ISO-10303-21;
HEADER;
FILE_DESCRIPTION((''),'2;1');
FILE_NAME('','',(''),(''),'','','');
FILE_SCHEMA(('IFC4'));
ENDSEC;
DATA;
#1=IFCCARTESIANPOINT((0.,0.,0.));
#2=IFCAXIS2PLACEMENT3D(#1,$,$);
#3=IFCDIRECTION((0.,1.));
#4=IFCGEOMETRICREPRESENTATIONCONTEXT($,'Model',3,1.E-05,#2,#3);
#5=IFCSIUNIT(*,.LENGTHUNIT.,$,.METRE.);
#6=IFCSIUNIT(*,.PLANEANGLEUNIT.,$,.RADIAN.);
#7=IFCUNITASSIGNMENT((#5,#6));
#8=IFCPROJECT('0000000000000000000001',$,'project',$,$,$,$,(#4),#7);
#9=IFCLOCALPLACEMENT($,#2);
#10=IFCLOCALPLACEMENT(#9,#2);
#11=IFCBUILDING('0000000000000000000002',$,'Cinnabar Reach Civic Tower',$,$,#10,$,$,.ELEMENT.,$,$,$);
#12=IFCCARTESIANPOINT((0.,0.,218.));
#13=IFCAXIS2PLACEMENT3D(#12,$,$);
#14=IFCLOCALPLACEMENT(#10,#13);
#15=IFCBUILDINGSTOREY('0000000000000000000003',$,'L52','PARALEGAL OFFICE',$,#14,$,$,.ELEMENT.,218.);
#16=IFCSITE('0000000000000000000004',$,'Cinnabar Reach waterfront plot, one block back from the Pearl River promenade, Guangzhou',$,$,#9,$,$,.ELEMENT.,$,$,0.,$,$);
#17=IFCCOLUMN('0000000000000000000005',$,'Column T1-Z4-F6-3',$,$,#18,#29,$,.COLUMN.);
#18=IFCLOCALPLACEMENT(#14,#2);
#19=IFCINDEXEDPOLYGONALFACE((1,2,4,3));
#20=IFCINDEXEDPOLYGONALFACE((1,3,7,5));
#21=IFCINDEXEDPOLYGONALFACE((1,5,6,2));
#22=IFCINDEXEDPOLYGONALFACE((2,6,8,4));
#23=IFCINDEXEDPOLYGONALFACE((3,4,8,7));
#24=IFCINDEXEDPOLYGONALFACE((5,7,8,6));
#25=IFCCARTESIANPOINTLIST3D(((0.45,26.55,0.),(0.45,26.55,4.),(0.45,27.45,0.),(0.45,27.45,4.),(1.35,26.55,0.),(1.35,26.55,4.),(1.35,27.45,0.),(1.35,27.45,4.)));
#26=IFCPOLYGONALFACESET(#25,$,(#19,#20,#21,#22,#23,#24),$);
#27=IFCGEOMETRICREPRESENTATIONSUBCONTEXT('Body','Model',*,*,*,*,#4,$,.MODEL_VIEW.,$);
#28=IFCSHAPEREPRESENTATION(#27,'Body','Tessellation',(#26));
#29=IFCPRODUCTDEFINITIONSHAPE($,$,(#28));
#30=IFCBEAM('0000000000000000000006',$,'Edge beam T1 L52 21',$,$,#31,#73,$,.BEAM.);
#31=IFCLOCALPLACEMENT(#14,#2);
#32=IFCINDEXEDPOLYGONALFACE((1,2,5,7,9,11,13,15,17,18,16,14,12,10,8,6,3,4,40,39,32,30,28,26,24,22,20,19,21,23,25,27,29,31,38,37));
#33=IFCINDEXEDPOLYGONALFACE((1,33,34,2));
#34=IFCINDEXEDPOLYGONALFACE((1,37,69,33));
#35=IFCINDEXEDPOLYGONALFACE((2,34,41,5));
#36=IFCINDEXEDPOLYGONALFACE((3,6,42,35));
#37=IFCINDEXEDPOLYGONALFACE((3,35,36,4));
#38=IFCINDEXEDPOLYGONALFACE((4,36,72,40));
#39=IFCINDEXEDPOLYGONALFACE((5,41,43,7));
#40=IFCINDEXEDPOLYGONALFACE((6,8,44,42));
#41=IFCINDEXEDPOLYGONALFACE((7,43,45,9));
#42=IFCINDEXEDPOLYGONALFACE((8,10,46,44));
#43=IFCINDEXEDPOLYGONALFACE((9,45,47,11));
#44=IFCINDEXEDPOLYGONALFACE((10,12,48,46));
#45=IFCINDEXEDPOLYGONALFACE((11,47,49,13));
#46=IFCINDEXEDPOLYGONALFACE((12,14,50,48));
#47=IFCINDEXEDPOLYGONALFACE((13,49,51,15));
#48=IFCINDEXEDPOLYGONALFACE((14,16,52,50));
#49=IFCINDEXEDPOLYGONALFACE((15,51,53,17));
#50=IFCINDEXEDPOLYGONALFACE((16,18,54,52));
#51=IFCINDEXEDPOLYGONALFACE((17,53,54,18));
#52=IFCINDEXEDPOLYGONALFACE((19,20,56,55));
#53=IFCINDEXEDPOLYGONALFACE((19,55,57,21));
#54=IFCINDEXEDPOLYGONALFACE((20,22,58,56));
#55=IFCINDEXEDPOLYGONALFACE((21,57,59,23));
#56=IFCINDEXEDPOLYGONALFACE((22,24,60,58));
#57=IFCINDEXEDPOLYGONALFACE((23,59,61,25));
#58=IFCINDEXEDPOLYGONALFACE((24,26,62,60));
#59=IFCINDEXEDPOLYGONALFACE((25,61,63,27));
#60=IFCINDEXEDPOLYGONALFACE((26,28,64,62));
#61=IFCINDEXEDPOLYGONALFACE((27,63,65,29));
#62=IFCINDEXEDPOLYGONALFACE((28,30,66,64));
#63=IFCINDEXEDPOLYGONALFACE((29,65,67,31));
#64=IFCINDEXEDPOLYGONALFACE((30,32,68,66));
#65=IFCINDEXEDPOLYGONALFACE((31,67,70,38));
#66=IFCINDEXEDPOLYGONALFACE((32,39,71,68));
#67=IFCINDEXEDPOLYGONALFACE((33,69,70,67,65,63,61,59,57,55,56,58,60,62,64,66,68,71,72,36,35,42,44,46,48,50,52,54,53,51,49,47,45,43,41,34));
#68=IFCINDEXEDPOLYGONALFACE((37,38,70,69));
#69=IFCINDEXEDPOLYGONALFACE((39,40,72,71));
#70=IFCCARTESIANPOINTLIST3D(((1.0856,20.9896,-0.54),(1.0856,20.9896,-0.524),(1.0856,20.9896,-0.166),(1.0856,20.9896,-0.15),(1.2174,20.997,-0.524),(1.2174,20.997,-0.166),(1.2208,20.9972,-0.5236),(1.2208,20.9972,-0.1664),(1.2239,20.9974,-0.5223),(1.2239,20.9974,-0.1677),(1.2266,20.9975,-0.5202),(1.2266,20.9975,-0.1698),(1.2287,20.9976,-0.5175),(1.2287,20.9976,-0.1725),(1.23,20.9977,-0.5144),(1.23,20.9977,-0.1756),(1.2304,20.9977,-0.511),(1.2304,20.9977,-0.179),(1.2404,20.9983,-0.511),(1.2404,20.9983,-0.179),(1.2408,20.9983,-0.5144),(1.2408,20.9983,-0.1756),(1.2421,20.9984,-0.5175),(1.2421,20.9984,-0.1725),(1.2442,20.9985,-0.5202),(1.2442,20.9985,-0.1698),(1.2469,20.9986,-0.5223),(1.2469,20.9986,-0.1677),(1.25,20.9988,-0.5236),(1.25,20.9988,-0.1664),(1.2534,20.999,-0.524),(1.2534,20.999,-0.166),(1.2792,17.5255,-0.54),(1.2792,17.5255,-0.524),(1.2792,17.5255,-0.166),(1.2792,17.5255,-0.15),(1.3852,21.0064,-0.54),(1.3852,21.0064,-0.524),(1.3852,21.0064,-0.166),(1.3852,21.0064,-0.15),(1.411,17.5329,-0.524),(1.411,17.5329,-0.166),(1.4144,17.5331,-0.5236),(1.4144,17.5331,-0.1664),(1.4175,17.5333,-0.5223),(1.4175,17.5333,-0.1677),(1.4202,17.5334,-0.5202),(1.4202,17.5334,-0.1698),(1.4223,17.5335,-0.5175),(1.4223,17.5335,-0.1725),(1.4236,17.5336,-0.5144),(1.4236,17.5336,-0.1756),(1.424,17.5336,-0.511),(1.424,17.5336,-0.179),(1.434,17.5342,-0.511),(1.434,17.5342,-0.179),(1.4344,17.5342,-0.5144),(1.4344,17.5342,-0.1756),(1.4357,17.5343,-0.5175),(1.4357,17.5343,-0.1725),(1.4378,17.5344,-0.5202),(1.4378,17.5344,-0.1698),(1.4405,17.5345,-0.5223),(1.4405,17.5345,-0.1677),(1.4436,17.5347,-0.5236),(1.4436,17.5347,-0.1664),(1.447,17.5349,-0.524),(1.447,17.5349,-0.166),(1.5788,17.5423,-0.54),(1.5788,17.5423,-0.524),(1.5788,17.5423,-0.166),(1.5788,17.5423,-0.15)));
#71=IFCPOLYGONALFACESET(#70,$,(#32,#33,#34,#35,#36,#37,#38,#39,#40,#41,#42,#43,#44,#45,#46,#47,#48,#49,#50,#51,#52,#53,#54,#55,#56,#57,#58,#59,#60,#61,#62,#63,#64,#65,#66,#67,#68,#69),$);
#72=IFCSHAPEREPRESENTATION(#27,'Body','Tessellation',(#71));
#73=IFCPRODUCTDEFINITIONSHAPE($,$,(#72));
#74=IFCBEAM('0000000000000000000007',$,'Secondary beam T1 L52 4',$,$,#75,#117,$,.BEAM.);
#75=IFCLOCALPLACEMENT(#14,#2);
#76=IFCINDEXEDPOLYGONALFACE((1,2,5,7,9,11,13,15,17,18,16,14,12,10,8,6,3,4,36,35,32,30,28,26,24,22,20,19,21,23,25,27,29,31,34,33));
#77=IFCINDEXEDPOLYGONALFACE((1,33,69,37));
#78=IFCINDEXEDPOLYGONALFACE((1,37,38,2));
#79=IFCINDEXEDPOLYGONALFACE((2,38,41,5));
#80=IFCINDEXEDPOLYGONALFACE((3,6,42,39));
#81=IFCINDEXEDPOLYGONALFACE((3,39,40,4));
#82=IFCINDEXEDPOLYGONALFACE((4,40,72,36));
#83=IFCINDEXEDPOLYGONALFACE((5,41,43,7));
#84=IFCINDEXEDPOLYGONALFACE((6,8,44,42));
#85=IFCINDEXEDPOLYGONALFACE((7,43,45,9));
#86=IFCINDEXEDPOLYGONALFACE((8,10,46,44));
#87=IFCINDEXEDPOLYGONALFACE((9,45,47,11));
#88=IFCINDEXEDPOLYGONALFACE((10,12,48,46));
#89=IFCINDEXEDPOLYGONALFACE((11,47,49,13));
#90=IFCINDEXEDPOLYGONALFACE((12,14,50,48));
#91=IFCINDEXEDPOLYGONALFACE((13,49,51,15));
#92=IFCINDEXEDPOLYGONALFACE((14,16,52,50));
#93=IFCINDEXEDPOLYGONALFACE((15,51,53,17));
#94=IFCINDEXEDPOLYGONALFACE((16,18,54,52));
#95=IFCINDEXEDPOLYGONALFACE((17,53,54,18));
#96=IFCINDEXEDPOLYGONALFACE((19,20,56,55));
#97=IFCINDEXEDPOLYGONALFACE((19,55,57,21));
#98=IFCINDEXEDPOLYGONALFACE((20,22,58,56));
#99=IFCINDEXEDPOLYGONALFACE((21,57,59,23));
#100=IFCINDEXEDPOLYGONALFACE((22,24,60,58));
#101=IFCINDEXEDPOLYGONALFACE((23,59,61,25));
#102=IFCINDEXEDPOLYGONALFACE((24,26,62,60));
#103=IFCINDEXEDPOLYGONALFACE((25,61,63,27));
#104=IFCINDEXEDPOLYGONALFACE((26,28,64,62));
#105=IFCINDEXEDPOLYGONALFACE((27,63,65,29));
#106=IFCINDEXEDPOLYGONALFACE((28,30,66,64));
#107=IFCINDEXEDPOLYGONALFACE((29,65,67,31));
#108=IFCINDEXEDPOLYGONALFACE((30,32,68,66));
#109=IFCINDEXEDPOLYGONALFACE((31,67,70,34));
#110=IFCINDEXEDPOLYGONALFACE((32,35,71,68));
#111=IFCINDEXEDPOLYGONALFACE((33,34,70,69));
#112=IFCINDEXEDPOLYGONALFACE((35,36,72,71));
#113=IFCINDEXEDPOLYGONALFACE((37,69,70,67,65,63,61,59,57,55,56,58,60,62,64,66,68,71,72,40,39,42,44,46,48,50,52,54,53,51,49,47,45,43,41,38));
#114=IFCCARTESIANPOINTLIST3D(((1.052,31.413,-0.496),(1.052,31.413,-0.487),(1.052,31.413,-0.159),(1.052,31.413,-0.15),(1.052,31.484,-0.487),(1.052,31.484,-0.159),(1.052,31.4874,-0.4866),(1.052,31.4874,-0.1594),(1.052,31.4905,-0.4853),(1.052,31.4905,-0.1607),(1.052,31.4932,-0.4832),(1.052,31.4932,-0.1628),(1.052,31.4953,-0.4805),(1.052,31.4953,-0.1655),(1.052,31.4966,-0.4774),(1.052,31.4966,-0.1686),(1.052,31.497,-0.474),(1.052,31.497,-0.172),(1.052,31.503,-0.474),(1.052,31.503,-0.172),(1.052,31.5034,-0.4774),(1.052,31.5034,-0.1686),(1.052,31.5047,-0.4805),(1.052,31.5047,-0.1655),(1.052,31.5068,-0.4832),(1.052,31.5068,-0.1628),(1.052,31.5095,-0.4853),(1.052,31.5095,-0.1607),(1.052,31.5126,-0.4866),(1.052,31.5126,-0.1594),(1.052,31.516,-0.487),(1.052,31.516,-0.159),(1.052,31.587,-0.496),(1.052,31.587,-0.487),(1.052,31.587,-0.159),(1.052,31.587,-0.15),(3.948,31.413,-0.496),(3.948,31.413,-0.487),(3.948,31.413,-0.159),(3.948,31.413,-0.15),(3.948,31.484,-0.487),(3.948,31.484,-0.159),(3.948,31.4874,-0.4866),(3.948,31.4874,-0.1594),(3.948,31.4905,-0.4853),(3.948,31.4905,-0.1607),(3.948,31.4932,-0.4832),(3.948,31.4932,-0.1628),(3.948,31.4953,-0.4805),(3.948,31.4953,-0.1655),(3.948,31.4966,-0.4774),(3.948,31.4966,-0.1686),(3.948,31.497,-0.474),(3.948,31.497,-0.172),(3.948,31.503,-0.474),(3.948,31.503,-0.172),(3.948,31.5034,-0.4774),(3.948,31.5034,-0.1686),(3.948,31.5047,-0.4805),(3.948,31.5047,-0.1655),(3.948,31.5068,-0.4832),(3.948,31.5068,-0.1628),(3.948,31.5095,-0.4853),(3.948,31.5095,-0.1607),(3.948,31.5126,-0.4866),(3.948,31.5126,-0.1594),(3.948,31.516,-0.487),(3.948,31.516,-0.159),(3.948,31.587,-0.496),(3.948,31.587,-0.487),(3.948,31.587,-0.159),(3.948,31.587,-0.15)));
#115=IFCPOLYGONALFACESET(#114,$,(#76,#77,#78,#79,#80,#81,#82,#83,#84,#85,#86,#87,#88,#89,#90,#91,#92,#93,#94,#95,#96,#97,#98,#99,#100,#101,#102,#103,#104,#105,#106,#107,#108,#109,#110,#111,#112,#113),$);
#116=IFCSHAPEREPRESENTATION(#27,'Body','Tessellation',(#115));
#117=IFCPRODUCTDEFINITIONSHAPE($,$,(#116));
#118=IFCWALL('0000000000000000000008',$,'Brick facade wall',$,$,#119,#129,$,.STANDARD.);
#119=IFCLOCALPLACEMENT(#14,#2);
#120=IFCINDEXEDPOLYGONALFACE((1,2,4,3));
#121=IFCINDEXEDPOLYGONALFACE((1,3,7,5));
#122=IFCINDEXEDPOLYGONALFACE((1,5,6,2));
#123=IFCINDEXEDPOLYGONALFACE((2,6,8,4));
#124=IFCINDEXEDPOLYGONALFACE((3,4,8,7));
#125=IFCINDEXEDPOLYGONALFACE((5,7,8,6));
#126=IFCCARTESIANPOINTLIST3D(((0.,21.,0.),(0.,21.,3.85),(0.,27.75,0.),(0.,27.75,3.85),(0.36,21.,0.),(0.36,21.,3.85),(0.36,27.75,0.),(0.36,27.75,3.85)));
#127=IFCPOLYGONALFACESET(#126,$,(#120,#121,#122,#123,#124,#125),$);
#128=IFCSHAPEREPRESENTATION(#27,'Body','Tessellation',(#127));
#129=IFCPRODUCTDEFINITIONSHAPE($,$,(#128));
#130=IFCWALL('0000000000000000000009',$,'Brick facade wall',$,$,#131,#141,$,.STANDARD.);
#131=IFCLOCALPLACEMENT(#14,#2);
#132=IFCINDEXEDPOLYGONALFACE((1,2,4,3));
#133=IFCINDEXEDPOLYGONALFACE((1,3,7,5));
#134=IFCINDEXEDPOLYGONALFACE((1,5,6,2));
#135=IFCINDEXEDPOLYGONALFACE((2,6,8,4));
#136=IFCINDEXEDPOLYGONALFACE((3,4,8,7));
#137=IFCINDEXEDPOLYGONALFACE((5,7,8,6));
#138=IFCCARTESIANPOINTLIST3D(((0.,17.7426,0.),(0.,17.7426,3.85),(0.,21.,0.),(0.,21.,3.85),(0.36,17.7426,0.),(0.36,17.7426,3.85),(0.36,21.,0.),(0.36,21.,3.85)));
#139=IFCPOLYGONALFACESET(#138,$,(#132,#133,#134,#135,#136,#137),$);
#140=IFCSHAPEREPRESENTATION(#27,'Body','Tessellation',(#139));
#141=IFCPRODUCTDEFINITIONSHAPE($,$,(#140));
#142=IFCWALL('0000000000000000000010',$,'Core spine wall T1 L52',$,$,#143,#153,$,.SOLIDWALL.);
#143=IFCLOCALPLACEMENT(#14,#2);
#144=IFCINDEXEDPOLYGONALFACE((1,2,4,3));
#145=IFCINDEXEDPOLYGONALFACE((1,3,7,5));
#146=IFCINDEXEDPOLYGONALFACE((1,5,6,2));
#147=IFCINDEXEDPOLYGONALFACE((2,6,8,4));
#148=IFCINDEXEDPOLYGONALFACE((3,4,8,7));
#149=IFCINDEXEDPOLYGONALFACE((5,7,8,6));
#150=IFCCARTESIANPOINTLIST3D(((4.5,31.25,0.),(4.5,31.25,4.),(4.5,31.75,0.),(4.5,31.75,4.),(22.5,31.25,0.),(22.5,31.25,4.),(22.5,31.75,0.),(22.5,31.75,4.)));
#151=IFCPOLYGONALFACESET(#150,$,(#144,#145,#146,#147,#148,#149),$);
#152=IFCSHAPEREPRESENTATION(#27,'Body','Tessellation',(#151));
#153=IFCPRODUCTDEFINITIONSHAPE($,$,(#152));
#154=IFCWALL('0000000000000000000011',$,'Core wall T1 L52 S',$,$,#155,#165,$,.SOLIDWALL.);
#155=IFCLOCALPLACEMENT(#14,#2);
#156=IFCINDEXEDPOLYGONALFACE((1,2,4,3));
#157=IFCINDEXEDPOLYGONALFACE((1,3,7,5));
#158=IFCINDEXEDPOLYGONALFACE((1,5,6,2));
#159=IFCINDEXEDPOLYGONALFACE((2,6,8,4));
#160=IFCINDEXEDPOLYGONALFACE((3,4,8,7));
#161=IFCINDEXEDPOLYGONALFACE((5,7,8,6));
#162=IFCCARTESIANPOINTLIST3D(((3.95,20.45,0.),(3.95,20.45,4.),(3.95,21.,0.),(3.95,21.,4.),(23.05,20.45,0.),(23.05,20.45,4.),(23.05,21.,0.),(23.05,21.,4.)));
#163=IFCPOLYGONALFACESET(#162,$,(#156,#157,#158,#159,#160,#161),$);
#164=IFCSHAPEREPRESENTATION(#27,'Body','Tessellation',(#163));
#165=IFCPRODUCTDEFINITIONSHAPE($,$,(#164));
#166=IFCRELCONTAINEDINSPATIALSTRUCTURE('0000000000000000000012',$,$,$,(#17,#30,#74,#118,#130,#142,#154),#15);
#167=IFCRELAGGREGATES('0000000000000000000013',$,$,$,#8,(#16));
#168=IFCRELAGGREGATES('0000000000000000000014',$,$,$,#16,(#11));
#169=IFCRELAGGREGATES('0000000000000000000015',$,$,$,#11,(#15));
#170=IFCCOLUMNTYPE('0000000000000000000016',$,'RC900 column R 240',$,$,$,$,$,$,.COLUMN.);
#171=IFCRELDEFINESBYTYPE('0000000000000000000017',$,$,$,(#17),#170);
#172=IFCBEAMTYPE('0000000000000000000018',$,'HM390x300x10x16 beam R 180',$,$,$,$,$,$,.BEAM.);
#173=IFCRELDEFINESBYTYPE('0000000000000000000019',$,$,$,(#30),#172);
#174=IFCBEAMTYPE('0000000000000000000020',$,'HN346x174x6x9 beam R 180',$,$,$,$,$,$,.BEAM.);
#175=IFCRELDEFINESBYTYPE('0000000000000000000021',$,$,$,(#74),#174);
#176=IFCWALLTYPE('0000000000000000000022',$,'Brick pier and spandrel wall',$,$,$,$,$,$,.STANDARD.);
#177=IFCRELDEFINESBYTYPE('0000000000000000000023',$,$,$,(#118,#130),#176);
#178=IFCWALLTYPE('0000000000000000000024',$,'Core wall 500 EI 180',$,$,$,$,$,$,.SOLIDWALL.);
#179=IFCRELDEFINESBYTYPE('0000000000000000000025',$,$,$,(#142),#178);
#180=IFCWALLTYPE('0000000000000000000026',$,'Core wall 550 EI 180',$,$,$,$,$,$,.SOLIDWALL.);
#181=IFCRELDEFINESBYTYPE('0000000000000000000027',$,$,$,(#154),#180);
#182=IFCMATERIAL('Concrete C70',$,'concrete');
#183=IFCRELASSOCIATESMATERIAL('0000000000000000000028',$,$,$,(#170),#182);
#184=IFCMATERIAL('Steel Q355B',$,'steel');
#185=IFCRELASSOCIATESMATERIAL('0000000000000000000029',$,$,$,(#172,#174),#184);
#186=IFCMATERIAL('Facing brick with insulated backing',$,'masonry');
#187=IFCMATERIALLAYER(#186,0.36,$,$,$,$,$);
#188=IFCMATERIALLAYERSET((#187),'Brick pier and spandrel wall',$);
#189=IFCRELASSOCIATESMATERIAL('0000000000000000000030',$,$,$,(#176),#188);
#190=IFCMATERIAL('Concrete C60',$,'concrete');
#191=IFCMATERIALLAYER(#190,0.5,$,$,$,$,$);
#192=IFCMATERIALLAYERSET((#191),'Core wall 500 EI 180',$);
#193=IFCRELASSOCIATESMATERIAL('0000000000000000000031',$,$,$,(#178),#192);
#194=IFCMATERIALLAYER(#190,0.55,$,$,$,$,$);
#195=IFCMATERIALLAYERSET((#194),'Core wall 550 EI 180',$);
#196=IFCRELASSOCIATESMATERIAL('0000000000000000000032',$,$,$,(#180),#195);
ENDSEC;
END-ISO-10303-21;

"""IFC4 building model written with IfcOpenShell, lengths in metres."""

from ifc_helpers import new_model, si_unit, direction, frame, frame_2d, origin, origin_2d, place, context, subcontext, project, spatial, rectangle, i_section, extrude, material, layer, layer_set, material_profile, profile_set, type_object, element, save


model = new_model("IFC4")

# Units and contexts
model_context = context("Model", 3, precision=1e-05, world=origin(), true_north=direction((0.0, 1.0)))
body_context = subcontext(model_context, "Body", "Model", "MODEL_VIEW")
ifc_project = project(units=[si_unit("LENGTHUNIT", "METRE"), si_unit("PLANEANGLEUNIT", "RADIAN")], contexts=[model_context])

# Site, building, storey
site_placement = place(None, origin())
site = spatial("IfcSite", under=ifc_project, at=site_placement, Name="Cinnabar Reach waterfront plot, one block back from the Pearl River promenade, Guangzhou", CompositionType="ELEMENT", RefElevation=0.0)
building_placement = place(site_placement, origin())
building = spatial("IfcBuilding", under=site, at=building_placement, Name="Cinnabar Reach Civic Tower", CompositionType="ELEMENT")
storey_placement = place(building_placement, frame((0.0, 0.0, 218.0)))
storey = spatial("IfcBuildingStorey", under=building, at=storey_placement, Name="L52", Description="PARALEGAL OFFICE", CompositionType="ELEMENT", Elevation=218.0)

# Column
ifc_material_1 = material(Name="Concrete C70", Category="concrete")
ifc_material_profile_1 = material_profile(ifc_material_1, rectangle(XDim=0.9, YDim=0.9, at=origin_2d()), Name="RC900")
ifc_profile_set_1 = profile_set([ifc_material_profile_1], Name="Concrete C70")
column_type = type_object("IfcColumnType", Name="RC900 column R 240", PredefinedType="COLUMN", material=ifc_profile_set_1)
column_placement = place(storey_placement, frame((0.9, 27.0, 0.0), z_axis=(0.0, 0.0, 1.0), x_axis=(1.0, 0.0, 0.0)))
element("IfcColumn", 1, at=column_placement, inside=storey, type_object=column_type, Name="Column T1-Z4-F6-3", PredefinedType="COLUMN", context=body_context, shape_type="SweptSolid", body=[
    extrude(rectangle(XDim=0.9, YDim=0.9, at=origin_2d()), origin(), (0.0, 0.0, 1.0), 4.0),
])

# Beams
ifc_material_2 = material(Name="Steel Q355B", Category="steel")
ifc_material_profile_2 = material_profile(ifc_material_2, i_section(OverallWidth=0.3, OverallDepth=0.39, WebThickness=0.01, FlangeThickness=0.016, FilletRadius=0.013, at=origin_2d()), Name="HM390x300x10x16")
ifc_profile_set_2 = profile_set([ifc_material_profile_2], Name="Steel Q355B")
beam_type_1 = type_object("IfcBeamType", Name="HM390x300x10x16 beam R 180", PredefinedType="BEAM", material=ifc_profile_set_2)
beam_1_placement = place(storey_placement, frame((1.2354, 20.998, -0.345), z_axis=(0.0558, -0.998442, 0.0), x_axis=(0.998442, 0.0558, 0.0)))
element("IfcBeam", 2, at=beam_1_placement, inside=storey, type_object=beam_type_1, Name="Edge beam T1 L52 21", PredefinedType="BEAM", context=body_context, shape_type="SweptSolid", body=[
    extrude(i_section(OverallWidth=0.3, OverallDepth=0.39, WebThickness=0.01, FlangeThickness=0.016, FilletRadius=0.013, at=origin_2d()), origin(), (0.0, 0.0, 1.0), 3.4695),
])
ifc_material_profile_3 = material_profile(ifc_material_2, i_section(OverallWidth=0.174, OverallDepth=0.346, WebThickness=0.006, FlangeThickness=0.009, FilletRadius=0.013, at=origin_2d()), Name="HN346x174x6x9")
ifc_profile_set_3 = profile_set([ifc_material_profile_3], Name="Steel Q355B")
beam_type_2 = type_object("IfcBeamType", Name="HN346x174x6x9 beam R 180", PredefinedType="BEAM", material=ifc_profile_set_3)
beam_2_placement = place(storey_placement, frame((1.052, 31.5, -0.323), z_axis=(1.0, 0.0, 0.0), x_axis=(0.0, 1.0, 0.0)))
element("IfcBeam", 3, at=beam_2_placement, inside=storey, type_object=beam_type_2, Name="Secondary beam T1 L52 4", PredefinedType="BEAM", context=body_context, shape_type="SweptSolid", body=[
    extrude(i_section(OverallWidth=0.174, OverallDepth=0.346, WebThickness=0.006, FlangeThickness=0.009, FilletRadius=0.013, at=origin_2d()), origin(), (0.0, 0.0, 1.0), 2.896),
])

# Walls
ifc_material_3 = material(Name="Facing brick with insulated backing", Category="masonry")
ifc_layer_1 = layer(ifc_material_3, 0.36)
ifc_layer_set_1 = layer_set([ifc_layer_1], Name="Brick pier and spandrel wall")
wall_type_1 = type_object("IfcWallType", Name="Brick pier and spandrel wall", PredefinedType="STANDARD", material=ifc_layer_set_1)
wall_1_placement = place(storey_placement, frame((0.18, 27.75, 0.0), z_axis=(0.0, 0.0, 1.0), x_axis=(0.0, -1.0, 0.0)))
element("IfcWall", 4, at=wall_1_placement, inside=storey, type_object=wall_type_1, Name="Brick facade wall", PredefinedType="STANDARD", context=body_context, shape_type="SweptSolid", body=[
    extrude(rectangle(XDim=6.75, YDim=0.36, at=frame_2d((3.375, 0.0))), origin(), (0.0, 0.0, 1.0), 3.85),
])
wall_2_placement = place(storey_placement, frame((0.18, 21.0, 0.0), z_axis=(0.0, 0.0, 1.0), x_axis=(0.0, -1.0, 0.0)))
element("IfcWall", 5, at=wall_2_placement, inside=storey, type_object=wall_type_1, Name="Brick facade wall", PredefinedType="STANDARD", context=body_context, shape_type="SweptSolid", body=[
    extrude(rectangle(XDim=3.2574, YDim=0.36, at=frame_2d((1.6287, 0.0))), origin(), (0.0, 0.0, 1.0), 3.85),
])
ifc_material_4 = material(Name="Concrete C60", Category="concrete")
ifc_layer_2 = layer(ifc_material_4, 0.5)
ifc_layer_set_2 = layer_set([ifc_layer_2], Name="Core wall 500 EI 180")
wall_type_2 = type_object("IfcWallType", Name="Core wall 500 EI 180", PredefinedType="SOLIDWALL", material=ifc_layer_set_2)
wall_3_placement = place(storey_placement, frame((4.5, 31.5, 0.0), z_axis=(0.0, 0.0, 1.0), x_axis=(1.0, 0.0, 0.0)))
element("IfcWall", 6, at=wall_3_placement, inside=storey, type_object=wall_type_2, Name="Core spine wall T1 L52", PredefinedType="SOLIDWALL", context=body_context, shape_type="SweptSolid", body=[
    extrude(rectangle(XDim=18.0, YDim=0.5, at=frame_2d((9.0, 0.0))), origin(), (0.0, 0.0, 1.0), 4.0),
])
ifc_layer_3 = layer(ifc_material_4, 0.55)
ifc_layer_set_3 = layer_set([ifc_layer_3], Name="Core wall 550 EI 180")
wall_type_3 = type_object("IfcWallType", Name="Core wall 550 EI 180", PredefinedType="SOLIDWALL", material=ifc_layer_set_3)
wall_4_placement = place(storey_placement, frame((3.95, 20.725, 0.0), z_axis=(0.0, 0.0, 1.0), x_axis=(1.0, 0.0, 0.0)))
element("IfcWall", 7, at=wall_4_placement, inside=storey, type_object=wall_type_3, Name="Core wall T1 L52 S", PredefinedType="SOLIDWALL", context=body_context, shape_type="SweptSolid", body=[
    extrude(rectangle(XDim=19.1, YDim=0.55, at=frame_2d((9.55, 0.0))), origin(), (0.0, 0.0, 1.0), 4.0),
])

save(model, "model.ifc")
